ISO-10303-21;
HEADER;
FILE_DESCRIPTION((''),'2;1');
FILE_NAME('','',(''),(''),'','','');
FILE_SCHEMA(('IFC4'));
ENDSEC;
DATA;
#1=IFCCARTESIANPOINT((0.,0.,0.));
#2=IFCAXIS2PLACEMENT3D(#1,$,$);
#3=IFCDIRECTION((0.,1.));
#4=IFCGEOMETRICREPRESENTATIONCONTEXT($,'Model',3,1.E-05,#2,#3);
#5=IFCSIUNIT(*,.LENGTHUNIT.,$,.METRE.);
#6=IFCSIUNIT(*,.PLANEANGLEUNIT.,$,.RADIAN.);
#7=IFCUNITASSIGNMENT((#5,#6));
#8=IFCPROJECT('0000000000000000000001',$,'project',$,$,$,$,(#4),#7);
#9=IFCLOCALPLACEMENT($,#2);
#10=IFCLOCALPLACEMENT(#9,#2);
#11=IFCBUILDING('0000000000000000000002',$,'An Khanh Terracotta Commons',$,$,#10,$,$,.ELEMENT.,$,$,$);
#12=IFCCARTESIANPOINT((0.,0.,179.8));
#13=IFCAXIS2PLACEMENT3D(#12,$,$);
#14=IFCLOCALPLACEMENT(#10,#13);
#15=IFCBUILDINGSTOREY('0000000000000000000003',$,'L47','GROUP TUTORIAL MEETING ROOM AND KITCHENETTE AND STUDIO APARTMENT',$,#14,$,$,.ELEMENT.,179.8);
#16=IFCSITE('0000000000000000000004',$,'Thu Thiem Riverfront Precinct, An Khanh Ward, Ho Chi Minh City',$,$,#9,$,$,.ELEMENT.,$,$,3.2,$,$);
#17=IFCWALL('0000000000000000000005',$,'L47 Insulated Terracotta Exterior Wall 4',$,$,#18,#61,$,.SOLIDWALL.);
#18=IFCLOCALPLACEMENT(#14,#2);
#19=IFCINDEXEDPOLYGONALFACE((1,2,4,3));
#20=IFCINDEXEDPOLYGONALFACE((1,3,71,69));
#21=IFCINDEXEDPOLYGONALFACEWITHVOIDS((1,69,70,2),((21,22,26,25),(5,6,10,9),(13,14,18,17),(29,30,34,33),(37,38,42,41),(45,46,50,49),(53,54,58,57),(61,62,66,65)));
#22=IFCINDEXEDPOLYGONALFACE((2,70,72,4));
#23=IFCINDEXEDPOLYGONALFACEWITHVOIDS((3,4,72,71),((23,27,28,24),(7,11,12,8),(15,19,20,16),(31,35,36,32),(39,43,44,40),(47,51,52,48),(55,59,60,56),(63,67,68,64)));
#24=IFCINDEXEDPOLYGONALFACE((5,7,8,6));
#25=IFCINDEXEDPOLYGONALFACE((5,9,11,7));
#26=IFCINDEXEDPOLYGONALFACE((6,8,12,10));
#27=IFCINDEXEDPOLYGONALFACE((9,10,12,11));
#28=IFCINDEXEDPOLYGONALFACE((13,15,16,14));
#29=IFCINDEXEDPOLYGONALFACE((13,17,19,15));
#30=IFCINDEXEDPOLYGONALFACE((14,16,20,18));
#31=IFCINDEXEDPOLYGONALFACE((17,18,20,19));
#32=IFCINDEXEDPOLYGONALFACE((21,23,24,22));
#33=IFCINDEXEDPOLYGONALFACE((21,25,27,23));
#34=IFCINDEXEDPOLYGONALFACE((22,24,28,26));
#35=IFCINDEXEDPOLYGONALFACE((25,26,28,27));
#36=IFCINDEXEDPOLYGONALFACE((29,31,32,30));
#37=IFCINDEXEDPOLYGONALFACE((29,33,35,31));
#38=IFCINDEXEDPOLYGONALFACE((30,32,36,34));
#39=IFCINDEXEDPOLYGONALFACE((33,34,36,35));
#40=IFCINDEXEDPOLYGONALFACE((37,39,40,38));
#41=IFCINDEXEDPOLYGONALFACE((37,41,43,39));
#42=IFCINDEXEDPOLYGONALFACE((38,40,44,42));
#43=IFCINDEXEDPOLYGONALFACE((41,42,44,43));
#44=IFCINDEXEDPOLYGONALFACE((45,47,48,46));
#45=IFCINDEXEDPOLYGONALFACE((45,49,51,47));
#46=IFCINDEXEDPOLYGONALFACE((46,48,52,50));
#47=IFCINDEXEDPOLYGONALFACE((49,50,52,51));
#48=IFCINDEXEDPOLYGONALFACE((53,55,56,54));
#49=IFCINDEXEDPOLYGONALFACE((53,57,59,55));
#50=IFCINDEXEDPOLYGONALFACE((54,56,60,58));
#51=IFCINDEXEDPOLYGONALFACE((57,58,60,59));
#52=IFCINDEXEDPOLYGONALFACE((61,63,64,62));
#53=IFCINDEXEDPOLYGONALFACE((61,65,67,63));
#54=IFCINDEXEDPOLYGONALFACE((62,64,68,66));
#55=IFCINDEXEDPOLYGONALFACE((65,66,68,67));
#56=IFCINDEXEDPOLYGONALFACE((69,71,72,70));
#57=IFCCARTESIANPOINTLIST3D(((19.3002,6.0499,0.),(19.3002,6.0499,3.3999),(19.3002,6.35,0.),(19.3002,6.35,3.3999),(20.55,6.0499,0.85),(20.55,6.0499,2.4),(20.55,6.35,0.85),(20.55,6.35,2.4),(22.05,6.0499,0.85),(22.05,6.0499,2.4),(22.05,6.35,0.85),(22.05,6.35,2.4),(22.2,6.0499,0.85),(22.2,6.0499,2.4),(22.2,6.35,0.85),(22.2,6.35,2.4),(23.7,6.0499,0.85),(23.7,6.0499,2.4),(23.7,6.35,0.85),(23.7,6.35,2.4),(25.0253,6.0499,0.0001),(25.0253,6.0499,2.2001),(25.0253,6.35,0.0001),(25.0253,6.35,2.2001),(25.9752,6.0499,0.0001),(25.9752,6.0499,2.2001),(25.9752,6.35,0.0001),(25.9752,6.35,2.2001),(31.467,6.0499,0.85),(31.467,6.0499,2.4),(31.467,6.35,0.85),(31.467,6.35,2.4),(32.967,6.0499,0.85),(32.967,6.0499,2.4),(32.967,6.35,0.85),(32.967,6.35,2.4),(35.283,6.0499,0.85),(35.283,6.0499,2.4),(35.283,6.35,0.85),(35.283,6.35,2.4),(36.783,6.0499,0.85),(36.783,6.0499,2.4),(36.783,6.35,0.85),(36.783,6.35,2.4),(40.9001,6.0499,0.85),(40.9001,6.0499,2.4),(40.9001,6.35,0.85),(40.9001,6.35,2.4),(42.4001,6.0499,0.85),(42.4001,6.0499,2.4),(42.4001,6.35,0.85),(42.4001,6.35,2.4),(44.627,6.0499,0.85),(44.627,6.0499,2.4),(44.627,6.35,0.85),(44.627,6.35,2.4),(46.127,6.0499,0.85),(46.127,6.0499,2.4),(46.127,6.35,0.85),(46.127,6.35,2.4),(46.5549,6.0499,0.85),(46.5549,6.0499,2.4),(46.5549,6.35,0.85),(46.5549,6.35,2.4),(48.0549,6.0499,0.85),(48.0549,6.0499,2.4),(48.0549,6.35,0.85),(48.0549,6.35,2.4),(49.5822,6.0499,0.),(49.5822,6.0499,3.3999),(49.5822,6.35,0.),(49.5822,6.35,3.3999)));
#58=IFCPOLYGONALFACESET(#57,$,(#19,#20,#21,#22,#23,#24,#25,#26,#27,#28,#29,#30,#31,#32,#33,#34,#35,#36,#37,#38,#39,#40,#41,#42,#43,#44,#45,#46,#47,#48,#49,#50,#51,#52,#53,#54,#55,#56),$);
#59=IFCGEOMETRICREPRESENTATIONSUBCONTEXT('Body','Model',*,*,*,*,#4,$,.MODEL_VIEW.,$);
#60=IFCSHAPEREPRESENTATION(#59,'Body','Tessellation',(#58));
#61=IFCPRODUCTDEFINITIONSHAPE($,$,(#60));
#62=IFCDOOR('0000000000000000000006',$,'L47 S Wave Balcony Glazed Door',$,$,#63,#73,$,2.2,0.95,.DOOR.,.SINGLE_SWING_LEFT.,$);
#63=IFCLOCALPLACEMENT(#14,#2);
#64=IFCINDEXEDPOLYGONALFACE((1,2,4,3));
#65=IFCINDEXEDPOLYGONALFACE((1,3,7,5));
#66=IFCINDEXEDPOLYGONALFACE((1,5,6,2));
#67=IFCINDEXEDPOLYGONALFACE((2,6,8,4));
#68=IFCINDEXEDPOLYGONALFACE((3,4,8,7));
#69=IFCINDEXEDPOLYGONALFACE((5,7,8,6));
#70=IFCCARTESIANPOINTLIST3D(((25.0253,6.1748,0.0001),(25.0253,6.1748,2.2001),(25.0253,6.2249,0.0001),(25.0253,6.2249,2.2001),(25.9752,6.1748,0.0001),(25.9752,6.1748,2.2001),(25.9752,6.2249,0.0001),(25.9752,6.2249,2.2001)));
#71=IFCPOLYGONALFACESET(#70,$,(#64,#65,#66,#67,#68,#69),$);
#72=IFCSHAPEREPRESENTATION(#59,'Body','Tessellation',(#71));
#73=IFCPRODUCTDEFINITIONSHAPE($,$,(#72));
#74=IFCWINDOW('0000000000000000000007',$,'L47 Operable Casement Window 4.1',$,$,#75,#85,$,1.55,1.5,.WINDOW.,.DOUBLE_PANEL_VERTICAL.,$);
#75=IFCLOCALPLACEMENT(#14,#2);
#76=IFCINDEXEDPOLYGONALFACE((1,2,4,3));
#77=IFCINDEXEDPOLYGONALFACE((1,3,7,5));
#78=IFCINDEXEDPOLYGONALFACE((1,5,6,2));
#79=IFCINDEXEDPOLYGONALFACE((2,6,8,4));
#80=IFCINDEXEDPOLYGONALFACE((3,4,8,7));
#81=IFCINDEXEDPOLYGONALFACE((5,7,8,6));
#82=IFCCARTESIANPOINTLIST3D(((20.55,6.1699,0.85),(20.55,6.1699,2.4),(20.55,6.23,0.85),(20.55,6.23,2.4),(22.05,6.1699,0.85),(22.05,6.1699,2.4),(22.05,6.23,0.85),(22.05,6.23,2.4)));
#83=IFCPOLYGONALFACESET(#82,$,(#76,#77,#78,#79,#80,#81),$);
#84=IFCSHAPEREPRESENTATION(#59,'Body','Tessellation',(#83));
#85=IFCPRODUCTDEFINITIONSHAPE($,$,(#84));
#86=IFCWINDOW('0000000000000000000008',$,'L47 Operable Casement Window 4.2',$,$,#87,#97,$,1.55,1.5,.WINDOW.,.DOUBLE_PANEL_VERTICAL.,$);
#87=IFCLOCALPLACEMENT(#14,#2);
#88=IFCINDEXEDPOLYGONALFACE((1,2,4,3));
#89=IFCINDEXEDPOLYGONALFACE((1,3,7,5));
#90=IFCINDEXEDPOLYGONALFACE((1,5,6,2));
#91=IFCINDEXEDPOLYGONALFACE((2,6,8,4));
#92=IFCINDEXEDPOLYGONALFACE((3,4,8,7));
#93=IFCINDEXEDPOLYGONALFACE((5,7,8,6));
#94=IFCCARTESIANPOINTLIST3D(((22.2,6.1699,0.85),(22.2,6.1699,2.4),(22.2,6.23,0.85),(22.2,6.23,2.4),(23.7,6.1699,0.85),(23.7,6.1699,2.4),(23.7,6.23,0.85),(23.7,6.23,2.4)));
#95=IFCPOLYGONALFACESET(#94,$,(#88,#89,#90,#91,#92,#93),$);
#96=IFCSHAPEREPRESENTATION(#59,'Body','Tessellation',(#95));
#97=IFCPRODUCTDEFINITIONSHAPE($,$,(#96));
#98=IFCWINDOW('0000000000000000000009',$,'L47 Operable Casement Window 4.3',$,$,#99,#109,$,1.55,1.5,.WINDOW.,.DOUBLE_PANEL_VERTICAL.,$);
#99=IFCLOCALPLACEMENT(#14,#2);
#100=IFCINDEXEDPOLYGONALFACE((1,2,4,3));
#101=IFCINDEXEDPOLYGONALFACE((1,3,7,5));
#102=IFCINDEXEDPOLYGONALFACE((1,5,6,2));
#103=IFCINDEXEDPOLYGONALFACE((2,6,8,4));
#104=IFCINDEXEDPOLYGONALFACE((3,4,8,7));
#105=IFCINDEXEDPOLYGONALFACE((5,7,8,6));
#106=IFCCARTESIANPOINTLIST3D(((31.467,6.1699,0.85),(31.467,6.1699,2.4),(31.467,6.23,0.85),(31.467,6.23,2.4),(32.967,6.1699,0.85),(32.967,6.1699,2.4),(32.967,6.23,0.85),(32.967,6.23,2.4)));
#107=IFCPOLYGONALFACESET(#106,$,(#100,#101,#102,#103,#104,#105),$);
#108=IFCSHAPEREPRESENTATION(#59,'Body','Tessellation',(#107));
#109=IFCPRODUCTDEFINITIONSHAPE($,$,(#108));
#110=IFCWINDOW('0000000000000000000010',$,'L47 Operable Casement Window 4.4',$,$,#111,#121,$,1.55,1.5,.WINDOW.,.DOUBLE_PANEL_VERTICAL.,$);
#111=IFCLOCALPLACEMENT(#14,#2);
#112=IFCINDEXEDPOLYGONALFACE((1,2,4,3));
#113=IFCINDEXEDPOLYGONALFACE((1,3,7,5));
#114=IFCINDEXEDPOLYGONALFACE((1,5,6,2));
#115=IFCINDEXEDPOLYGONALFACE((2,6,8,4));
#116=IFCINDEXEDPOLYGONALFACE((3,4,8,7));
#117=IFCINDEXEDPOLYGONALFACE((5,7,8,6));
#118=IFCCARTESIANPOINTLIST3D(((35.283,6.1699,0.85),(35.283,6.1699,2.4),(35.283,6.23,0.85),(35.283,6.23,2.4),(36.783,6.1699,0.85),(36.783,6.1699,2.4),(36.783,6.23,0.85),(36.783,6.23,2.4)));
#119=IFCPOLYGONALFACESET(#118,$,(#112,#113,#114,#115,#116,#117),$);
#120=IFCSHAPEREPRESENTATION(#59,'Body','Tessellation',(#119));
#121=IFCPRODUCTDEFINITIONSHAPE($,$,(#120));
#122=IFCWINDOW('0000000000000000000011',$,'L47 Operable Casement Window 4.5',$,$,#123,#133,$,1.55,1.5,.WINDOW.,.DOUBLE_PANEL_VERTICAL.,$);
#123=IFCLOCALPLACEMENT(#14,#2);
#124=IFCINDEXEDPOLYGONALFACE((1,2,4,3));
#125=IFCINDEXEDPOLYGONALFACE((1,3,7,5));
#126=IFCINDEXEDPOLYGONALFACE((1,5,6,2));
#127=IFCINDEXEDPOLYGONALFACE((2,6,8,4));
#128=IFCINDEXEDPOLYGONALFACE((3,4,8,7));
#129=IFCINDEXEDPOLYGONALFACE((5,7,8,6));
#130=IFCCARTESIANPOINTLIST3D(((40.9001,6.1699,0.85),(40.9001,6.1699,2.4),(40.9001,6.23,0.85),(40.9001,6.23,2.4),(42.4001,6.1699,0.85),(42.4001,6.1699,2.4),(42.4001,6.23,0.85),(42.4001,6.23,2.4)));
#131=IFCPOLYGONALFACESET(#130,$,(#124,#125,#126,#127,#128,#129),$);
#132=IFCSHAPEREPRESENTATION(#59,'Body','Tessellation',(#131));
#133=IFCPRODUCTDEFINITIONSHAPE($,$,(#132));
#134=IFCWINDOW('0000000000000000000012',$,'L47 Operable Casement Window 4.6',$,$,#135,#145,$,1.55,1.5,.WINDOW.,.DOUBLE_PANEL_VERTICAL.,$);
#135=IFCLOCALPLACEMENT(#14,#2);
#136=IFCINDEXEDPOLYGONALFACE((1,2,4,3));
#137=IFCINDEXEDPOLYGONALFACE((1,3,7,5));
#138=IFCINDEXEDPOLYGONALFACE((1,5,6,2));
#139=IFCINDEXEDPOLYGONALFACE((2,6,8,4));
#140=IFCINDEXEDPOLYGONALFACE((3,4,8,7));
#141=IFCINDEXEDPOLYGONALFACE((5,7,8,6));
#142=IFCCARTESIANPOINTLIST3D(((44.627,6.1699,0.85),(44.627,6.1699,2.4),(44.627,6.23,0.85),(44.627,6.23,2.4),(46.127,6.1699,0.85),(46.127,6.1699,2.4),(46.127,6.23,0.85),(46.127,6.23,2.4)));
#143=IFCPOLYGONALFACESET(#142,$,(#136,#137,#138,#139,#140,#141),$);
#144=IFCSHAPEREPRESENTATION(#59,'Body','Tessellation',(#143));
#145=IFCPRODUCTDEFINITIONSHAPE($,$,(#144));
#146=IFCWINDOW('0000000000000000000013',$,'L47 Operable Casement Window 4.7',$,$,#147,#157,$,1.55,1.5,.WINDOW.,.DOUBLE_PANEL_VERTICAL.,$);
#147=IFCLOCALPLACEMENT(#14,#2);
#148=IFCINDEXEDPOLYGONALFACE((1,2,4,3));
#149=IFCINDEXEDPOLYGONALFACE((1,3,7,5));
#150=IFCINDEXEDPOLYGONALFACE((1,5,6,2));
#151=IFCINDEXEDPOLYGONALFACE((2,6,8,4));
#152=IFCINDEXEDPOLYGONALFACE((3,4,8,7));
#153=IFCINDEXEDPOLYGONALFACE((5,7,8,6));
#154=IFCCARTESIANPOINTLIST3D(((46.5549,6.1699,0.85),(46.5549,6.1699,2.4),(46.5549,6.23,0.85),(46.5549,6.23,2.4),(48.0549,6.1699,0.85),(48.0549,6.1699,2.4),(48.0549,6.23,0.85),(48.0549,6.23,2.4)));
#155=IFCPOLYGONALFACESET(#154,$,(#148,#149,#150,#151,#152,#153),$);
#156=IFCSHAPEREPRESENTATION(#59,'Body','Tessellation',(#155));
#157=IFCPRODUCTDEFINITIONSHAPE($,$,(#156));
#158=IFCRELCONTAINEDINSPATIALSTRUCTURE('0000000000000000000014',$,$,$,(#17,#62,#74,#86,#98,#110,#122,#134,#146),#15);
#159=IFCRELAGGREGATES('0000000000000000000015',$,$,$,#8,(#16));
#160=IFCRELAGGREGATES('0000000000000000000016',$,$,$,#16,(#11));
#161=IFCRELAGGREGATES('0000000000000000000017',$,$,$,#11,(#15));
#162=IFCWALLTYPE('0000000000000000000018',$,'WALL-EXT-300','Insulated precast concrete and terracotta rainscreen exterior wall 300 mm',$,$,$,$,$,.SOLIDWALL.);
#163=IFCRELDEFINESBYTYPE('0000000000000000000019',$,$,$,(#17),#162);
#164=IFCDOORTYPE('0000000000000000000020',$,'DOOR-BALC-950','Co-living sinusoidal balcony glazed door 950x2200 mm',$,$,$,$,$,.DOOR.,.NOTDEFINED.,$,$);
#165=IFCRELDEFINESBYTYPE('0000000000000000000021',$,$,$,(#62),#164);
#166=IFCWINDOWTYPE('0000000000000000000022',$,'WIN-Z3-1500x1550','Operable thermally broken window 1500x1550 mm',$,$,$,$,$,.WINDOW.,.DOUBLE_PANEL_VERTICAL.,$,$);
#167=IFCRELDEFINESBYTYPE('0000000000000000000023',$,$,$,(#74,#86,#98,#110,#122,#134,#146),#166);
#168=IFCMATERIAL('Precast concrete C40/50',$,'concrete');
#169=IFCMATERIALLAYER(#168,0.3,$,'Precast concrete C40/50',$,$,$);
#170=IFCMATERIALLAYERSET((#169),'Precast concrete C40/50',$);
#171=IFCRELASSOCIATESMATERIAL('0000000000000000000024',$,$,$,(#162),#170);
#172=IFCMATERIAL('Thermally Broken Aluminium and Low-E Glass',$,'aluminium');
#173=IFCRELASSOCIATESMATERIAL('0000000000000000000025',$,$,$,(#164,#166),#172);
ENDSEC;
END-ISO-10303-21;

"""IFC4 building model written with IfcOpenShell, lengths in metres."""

from ifc_helpers import new_model, si_unit, direction, frame, frame_2d, origin, place, context, subcontext, project, spatial, rectangle, extrude, material, layer, layer_set, type_object, element, fill, save


model = new_model("IFC4")

# Units and contexts
model_context = context("Model", 3, precision=1e-05, world=origin(), true_north=direction((0.0, 1.0)))
body_context = subcontext(model_context, "Body", "Model", "MODEL_VIEW")
ifc_project = project(units=[si_unit("LENGTHUNIT", "METRE"), si_unit("PLANEANGLEUNIT", "RADIAN")], contexts=[model_context])

# Site, building, storey
site_placement = place(None, origin())
site = spatial("IfcSite", under=ifc_project, at=site_placement, Name="Thu Thiem Riverfront Precinct, An Khanh Ward, Ho Chi Minh City", CompositionType="ELEMENT", RefElevation=3.2)
building_placement = place(site_placement, origin())
building = spatial("IfcBuilding", under=site, at=building_placement, Name="An Khanh Terracotta Commons", CompositionType="ELEMENT")
storey_placement = place(building_placement, frame((0.0, 0.0, 179.8)))
storey = spatial("IfcBuildingStorey", under=building, at=storey_placement, Name="L47", Description="GROUP TUTORIAL MEETING ROOM AND KITCHENETTE AND STUDIO APARTMENT", CompositionType="ELEMENT", Elevation=179.8)

# Shared definitions
ifc_material_1 = material(Name="Precast concrete C40/50", Category="concrete")
ifc_layer_1 = layer(ifc_material_1, 0.3, Name="Precast concrete C40/50")
ifc_layer_set_1 = layer_set([ifc_layer_1], Name="Precast concrete C40/50")
wall_type_1 = type_object("IfcWallType", Name="WALL-EXT-300", Description="Insulated precast concrete and terracotta rainscreen exterior wall 300 mm", PredefinedType="SOLIDWALL", material=ifc_layer_set_1)

# Wall, openings, door, windows
wall_1_placement = place(storey_placement, frame((19.3, 6.2, 0.0), z_axis=(0.0, 0.0, 1.0), x_axis=(1.0, 0.0, 0.0)))
wall_1 = element("IfcWall", 1, at=wall_1_placement, inside=storey, type_object=wall_type_1, Name="L47 Insulated Terracotta Exterior Wall 4", PredefinedType="SOLIDWALL", context=body_context, shape_type="SweptSolid", body=[
    extrude(rectangle(XDim=30.282, YDim=0.3, at=frame_2d((15.1411, 0.0))), origin(), (0.0, 0.0, 1.0), 3.3999),
])
opening_1_placement = place(wall_1_placement, frame((5.7251, 0.0, 0.0)))
opening_1 = element("IfcOpeningElement", 2, at=opening_1_placement, cuts=wall_1, PredefinedType="OPENING", context=body_context, shape_type="SweptSolid", body=[
    extrude(rectangle(XDim=0.95, YDim=2.2, at=frame_2d((0.4751, 1.1001))), frame((0.0, 0.1599, 0.0), z_axis=(0.0, -1.0, 0.0), x_axis=(1.0, 0.0, 0.0)), (0.0, 0.0, 1.0), 0.3201),
])
opening_2_placement = place(wall_1_placement, frame((1.25, 0.0, 0.8501)))
opening_2 = element("IfcOpeningElement", 3, at=opening_2_placement, cuts=wall_1, PredefinedType="OPENING", context=body_context, shape_type="SweptSolid", body=[
    extrude(rectangle(XDim=1.5, YDim=1.55, at=frame_2d((0.75, 0.7749))), frame((0.0, 0.1599, 0.0), z_axis=(0.0, -1.0, 0.0), x_axis=(1.0, 0.0, 0.0)), (0.0, 0.0, 1.0), 0.3201),
])
opening_3_placement = place(wall_1_placement, frame((2.8999, 0.0, 0.8501)))
opening_3 = element("IfcOpeningElement", 4, at=opening_3_placement, cuts=wall_1, PredefinedType="OPENING", context=body_context, shape_type="SweptSolid", body=[
    extrude(rectangle(XDim=1.5, YDim=1.55, at=frame_2d((0.75, 0.7749))), frame((0.0, 0.1599, 0.0), z_axis=(0.0, -1.0, 0.0), x_axis=(1.0, 0.0, 0.0)), (0.0, 0.0, 1.0), 0.3201),
])
opening_4_placement = place(wall_1_placement, frame((12.167, 0.0, 0.8501)))
opening_4 = element("IfcOpeningElement", 5, at=opening_4_placement, cuts=wall_1, PredefinedType="OPENING", context=body_context, shape_type="SweptSolid", body=[
    extrude(rectangle(XDim=1.5, YDim=1.55, at=frame_2d((0.75, 0.7749))), frame((0.0, 0.1599, 0.0), z_axis=(0.0, -1.0, 0.0), x_axis=(1.0, 0.0, 0.0)), (0.0, 0.0, 1.0), 0.3201),
])
opening_5_placement = place(wall_1_placement, frame((15.9829, 0.0, 0.8501)))
opening_5 = element("IfcOpeningElement", 6, at=opening_5_placement, cuts=wall_1, PredefinedType="OPENING", context=body_context, shape_type="SweptSolid", body=[
    extrude(rectangle(XDim=1.5, YDim=1.55, at=frame_2d((0.75, 0.7749))), frame((0.0, 0.1599, 0.0), z_axis=(0.0, -1.0, 0.0), x_axis=(1.0, 0.0, 0.0)), (0.0, 0.0, 1.0), 0.3201),
])
opening_6_placement = place(wall_1_placement, frame((21.6001, 0.0, 0.8501)))
opening_6 = element("IfcOpeningElement", 7, at=opening_6_placement, cuts=wall_1, PredefinedType="OPENING", context=body_context, shape_type="SweptSolid", body=[
    extrude(rectangle(XDim=1.5, YDim=1.55, at=frame_2d((0.75, 0.7749))), frame((0.0, 0.1599, 0.0), z_axis=(0.0, -1.0, 0.0), x_axis=(1.0, 0.0, 0.0)), (0.0, 0.0, 1.0), 0.3201),
])
opening_7_placement = place(wall_1_placement, frame((25.3269, 0.0, 0.8501)))
opening_7 = element("IfcOpeningElement", 8, at=opening_7_placement, cuts=wall_1, PredefinedType="OPENING", context=body_context, shape_type="SweptSolid", body=[
    extrude(rectangle(XDim=1.5, YDim=1.55, at=frame_2d((0.75, 0.7749))), frame((0.0, 0.1599, 0.0), z_axis=(0.0, -1.0, 0.0), x_axis=(1.0, 0.0, 0.0)), (0.0, 0.0, 1.0), 0.3201),
])
opening_8_placement = place(wall_1_placement, frame((27.2549, 0.0, 0.8501)))
opening_8 = element("IfcOpeningElement", 9, at=opening_8_placement, cuts=wall_1, PredefinedType="OPENING", context=body_context, shape_type="SweptSolid", body=[
    extrude(rectangle(XDim=1.5, YDim=1.55, at=frame_2d((0.75, 0.7749))), frame((0.0, 0.1599, 0.0), z_axis=(0.0, -1.0, 0.0), x_axis=(1.0, 0.0, 0.0)), (0.0, 0.0, 1.0), 0.3201),
])
ifc_material_2 = material(Name="Thermally Broken Aluminium and Low-E Glass", Category="aluminium")
door_type_1 = type_object("IfcDoorType", Name="DOOR-BALC-950", Description="Co-living sinusoidal balcony glazed door 950x2200 mm", OperationType="NOTDEFINED", PredefinedType="DOOR", material=ifc_material_2)
door_1_placement = place(opening_1_placement, origin())
door_1 = element("IfcDoor", 10, at=door_1_placement, inside=storey, type_object=door_type_1, Name="L47 S Wave Balcony Glazed Door", OperationType="SINGLE_SWING_LEFT", OverallHeight=2.2, OverallWidth=0.95, PredefinedType="DOOR", context=body_context, shape_type="SweptSolid", body=[
    extrude(rectangle(XDim=0.95, YDim=2.2, at=frame_2d((0.4751, 1.1001))), frame((0.0, 0.0249, 0.0), z_axis=(0.0, -1.0, 0.0), x_axis=(1.0, 0.0, 0.0)), (0.0, 0.0, 1.0), 0.05),
])
fill(opening_1, door_1)
window_type = type_object("IfcWindowType", Name="WIN-Z3-1500x1550", Description="Operable thermally broken window 1500x1550 mm", PartitioningType="DOUBLE_PANEL_VERTICAL", PredefinedType="WINDOW", material=ifc_material_2)
window_1_placement = place(opening_2_placement, origin())
window_1 = element("IfcWindow", 11, at=window_1_placement, inside=storey, type_object=window_type, Name="L47 Operable Casement Window 4.1", OverallHeight=1.55, OverallWidth=1.5, PartitioningType="DOUBLE_PANEL_VERTICAL", PredefinedType="WINDOW", context=body_context, shape_type="SweptSolid", body=[
    extrude(rectangle(XDim=1.5, YDim=1.55, at=frame_2d((0.75, 0.7749))), frame((0.0, 0.03, 0.0), z_axis=(0.0, -1.0, 0.0), x_axis=(1.0, 0.0, 0.0)), (0.0, 0.0, 1.0), 0.0601),
])
fill(opening_2, window_1)
window_2_placement = place(opening_3_placement, origin())
window_2 = element("IfcWindow", 12, at=window_2_placement, inside=storey, type_object=window_type, Name="L47 Operable Casement Window 4.2", OverallHeight=1.55, OverallWidth=1.5, PartitioningType="DOUBLE_PANEL_VERTICAL", PredefinedType="WINDOW", context=body_context, shape_type="SweptSolid", body=[
    extrude(rectangle(XDim=1.5, YDim=1.55, at=frame_2d((0.75, 0.7749))), frame((0.0, 0.03, 0.0), z_axis=(0.0, -1.0, 0.0), x_axis=(1.0, 0.0, 0.0)), (0.0, 0.0, 1.0), 0.0601),
])
fill(opening_3, window_2)
window_3_placement = place(opening_4_placement, origin())
window_3 = element("IfcWindow", 13, at=window_3_placement, inside=storey, type_object=window_type, Name="L47 Operable Casement Window 4.3", OverallHeight=1.55, OverallWidth=1.5, PartitioningType="DOUBLE_PANEL_VERTICAL", PredefinedType="WINDOW", context=body_context, shape_type="SweptSolid", body=[
    extrude(rectangle(XDim=1.5, YDim=1.55, at=frame_2d((0.75, 0.7749))), frame((0.0, 0.03, 0.0), z_axis=(0.0, -1.0, 0.0), x_axis=(1.0, 0.0, 0.0)), (0.0, 0.0, 1.0), 0.0601),
])
fill(opening_4, window_3)
window_4_placement = place(opening_5_placement, origin())
window_4 = element("IfcWindow", 14, at=window_4_placement, inside=storey, type_object=window_type, Name="L47 Operable Casement Window 4.4", OverallHeight=1.55, OverallWidth=1.5, PartitioningType="DOUBLE_PANEL_VERTICAL", PredefinedType="WINDOW", context=body_context, shape_type="SweptSolid", body=[
    extrude(rectangle(XDim=1.5, YDim=1.55, at=frame_2d((0.75, 0.7749))), frame((0.0, 0.03, 0.0), z_axis=(0.0, -1.0, 0.0), x_axis=(1.0, 0.0, 0.0)), (0.0, 0.0, 1.0), 0.0601),
])
fill(opening_5, window_4)
window_5_placement = place(opening_6_placement, origin())
window_5 = element("IfcWindow", 15, at=window_5_placement, inside=storey, type_object=window_type, Name="L47 Operable Casement Window 4.5", OverallHeight=1.55, OverallWidth=1.5, PartitioningType="DOUBLE_PANEL_VERTICAL", PredefinedType="WINDOW", context=body_context, shape_type="SweptSolid", body=[
    extrude(rectangle(XDim=1.5, YDim=1.55, at=frame_2d((0.75, 0.7749))), frame((0.0, 0.03, 0.0), z_axis=(0.0, -1.0, 0.0), x_axis=(1.0, 0.0, 0.0)), (0.0, 0.0, 1.0), 0.0601),
])
fill(opening_6, window_5)
window_6_placement = place(opening_7_placement, origin())
window_6 = element("IfcWindow", 16, at=window_6_placement, inside=storey, type_object=window_type, Name="L47 Operable Casement Window 4.6", OverallHeight=1.55, OverallWidth=1.5, PartitioningType="DOUBLE_PANEL_VERTICAL", PredefinedType="WINDOW", context=body_context, shape_type="SweptSolid", body=[
    extrude(rectangle(XDim=1.5, YDim=1.55, at=frame_2d((0.75, 0.7749))), frame((0.0, 0.03, 0.0), z_axis=(0.0, -1.0, 0.0), x_axis=(1.0, 0.0, 0.0)), (0.0, 0.0, 1.0), 0.0601),
])
fill(opening_7, window_6)
window_7_placement = place(opening_8_placement, origin())
window_7 = element("IfcWindow", 17, at=window_7_placement, inside=storey, type_object=window_type, Name="L47 Operable Casement Window 4.7", OverallHeight=1.55, OverallWidth=1.5, PartitioningType="DOUBLE_PANEL_VERTICAL", PredefinedType="WINDOW", context=body_context, shape_type="SweptSolid", body=[
    extrude(rectangle(XDim=1.5, YDim=1.55, at=frame_2d((0.75, 0.7749))), frame((0.0, 0.03, 0.0), z_axis=(0.0, -1.0, 0.0), x_axis=(1.0, 0.0, 0.0)), (0.0, 0.0, 1.0), 0.0601),
])
fill(opening_8, window_7)

save(model, "model.ifc")
